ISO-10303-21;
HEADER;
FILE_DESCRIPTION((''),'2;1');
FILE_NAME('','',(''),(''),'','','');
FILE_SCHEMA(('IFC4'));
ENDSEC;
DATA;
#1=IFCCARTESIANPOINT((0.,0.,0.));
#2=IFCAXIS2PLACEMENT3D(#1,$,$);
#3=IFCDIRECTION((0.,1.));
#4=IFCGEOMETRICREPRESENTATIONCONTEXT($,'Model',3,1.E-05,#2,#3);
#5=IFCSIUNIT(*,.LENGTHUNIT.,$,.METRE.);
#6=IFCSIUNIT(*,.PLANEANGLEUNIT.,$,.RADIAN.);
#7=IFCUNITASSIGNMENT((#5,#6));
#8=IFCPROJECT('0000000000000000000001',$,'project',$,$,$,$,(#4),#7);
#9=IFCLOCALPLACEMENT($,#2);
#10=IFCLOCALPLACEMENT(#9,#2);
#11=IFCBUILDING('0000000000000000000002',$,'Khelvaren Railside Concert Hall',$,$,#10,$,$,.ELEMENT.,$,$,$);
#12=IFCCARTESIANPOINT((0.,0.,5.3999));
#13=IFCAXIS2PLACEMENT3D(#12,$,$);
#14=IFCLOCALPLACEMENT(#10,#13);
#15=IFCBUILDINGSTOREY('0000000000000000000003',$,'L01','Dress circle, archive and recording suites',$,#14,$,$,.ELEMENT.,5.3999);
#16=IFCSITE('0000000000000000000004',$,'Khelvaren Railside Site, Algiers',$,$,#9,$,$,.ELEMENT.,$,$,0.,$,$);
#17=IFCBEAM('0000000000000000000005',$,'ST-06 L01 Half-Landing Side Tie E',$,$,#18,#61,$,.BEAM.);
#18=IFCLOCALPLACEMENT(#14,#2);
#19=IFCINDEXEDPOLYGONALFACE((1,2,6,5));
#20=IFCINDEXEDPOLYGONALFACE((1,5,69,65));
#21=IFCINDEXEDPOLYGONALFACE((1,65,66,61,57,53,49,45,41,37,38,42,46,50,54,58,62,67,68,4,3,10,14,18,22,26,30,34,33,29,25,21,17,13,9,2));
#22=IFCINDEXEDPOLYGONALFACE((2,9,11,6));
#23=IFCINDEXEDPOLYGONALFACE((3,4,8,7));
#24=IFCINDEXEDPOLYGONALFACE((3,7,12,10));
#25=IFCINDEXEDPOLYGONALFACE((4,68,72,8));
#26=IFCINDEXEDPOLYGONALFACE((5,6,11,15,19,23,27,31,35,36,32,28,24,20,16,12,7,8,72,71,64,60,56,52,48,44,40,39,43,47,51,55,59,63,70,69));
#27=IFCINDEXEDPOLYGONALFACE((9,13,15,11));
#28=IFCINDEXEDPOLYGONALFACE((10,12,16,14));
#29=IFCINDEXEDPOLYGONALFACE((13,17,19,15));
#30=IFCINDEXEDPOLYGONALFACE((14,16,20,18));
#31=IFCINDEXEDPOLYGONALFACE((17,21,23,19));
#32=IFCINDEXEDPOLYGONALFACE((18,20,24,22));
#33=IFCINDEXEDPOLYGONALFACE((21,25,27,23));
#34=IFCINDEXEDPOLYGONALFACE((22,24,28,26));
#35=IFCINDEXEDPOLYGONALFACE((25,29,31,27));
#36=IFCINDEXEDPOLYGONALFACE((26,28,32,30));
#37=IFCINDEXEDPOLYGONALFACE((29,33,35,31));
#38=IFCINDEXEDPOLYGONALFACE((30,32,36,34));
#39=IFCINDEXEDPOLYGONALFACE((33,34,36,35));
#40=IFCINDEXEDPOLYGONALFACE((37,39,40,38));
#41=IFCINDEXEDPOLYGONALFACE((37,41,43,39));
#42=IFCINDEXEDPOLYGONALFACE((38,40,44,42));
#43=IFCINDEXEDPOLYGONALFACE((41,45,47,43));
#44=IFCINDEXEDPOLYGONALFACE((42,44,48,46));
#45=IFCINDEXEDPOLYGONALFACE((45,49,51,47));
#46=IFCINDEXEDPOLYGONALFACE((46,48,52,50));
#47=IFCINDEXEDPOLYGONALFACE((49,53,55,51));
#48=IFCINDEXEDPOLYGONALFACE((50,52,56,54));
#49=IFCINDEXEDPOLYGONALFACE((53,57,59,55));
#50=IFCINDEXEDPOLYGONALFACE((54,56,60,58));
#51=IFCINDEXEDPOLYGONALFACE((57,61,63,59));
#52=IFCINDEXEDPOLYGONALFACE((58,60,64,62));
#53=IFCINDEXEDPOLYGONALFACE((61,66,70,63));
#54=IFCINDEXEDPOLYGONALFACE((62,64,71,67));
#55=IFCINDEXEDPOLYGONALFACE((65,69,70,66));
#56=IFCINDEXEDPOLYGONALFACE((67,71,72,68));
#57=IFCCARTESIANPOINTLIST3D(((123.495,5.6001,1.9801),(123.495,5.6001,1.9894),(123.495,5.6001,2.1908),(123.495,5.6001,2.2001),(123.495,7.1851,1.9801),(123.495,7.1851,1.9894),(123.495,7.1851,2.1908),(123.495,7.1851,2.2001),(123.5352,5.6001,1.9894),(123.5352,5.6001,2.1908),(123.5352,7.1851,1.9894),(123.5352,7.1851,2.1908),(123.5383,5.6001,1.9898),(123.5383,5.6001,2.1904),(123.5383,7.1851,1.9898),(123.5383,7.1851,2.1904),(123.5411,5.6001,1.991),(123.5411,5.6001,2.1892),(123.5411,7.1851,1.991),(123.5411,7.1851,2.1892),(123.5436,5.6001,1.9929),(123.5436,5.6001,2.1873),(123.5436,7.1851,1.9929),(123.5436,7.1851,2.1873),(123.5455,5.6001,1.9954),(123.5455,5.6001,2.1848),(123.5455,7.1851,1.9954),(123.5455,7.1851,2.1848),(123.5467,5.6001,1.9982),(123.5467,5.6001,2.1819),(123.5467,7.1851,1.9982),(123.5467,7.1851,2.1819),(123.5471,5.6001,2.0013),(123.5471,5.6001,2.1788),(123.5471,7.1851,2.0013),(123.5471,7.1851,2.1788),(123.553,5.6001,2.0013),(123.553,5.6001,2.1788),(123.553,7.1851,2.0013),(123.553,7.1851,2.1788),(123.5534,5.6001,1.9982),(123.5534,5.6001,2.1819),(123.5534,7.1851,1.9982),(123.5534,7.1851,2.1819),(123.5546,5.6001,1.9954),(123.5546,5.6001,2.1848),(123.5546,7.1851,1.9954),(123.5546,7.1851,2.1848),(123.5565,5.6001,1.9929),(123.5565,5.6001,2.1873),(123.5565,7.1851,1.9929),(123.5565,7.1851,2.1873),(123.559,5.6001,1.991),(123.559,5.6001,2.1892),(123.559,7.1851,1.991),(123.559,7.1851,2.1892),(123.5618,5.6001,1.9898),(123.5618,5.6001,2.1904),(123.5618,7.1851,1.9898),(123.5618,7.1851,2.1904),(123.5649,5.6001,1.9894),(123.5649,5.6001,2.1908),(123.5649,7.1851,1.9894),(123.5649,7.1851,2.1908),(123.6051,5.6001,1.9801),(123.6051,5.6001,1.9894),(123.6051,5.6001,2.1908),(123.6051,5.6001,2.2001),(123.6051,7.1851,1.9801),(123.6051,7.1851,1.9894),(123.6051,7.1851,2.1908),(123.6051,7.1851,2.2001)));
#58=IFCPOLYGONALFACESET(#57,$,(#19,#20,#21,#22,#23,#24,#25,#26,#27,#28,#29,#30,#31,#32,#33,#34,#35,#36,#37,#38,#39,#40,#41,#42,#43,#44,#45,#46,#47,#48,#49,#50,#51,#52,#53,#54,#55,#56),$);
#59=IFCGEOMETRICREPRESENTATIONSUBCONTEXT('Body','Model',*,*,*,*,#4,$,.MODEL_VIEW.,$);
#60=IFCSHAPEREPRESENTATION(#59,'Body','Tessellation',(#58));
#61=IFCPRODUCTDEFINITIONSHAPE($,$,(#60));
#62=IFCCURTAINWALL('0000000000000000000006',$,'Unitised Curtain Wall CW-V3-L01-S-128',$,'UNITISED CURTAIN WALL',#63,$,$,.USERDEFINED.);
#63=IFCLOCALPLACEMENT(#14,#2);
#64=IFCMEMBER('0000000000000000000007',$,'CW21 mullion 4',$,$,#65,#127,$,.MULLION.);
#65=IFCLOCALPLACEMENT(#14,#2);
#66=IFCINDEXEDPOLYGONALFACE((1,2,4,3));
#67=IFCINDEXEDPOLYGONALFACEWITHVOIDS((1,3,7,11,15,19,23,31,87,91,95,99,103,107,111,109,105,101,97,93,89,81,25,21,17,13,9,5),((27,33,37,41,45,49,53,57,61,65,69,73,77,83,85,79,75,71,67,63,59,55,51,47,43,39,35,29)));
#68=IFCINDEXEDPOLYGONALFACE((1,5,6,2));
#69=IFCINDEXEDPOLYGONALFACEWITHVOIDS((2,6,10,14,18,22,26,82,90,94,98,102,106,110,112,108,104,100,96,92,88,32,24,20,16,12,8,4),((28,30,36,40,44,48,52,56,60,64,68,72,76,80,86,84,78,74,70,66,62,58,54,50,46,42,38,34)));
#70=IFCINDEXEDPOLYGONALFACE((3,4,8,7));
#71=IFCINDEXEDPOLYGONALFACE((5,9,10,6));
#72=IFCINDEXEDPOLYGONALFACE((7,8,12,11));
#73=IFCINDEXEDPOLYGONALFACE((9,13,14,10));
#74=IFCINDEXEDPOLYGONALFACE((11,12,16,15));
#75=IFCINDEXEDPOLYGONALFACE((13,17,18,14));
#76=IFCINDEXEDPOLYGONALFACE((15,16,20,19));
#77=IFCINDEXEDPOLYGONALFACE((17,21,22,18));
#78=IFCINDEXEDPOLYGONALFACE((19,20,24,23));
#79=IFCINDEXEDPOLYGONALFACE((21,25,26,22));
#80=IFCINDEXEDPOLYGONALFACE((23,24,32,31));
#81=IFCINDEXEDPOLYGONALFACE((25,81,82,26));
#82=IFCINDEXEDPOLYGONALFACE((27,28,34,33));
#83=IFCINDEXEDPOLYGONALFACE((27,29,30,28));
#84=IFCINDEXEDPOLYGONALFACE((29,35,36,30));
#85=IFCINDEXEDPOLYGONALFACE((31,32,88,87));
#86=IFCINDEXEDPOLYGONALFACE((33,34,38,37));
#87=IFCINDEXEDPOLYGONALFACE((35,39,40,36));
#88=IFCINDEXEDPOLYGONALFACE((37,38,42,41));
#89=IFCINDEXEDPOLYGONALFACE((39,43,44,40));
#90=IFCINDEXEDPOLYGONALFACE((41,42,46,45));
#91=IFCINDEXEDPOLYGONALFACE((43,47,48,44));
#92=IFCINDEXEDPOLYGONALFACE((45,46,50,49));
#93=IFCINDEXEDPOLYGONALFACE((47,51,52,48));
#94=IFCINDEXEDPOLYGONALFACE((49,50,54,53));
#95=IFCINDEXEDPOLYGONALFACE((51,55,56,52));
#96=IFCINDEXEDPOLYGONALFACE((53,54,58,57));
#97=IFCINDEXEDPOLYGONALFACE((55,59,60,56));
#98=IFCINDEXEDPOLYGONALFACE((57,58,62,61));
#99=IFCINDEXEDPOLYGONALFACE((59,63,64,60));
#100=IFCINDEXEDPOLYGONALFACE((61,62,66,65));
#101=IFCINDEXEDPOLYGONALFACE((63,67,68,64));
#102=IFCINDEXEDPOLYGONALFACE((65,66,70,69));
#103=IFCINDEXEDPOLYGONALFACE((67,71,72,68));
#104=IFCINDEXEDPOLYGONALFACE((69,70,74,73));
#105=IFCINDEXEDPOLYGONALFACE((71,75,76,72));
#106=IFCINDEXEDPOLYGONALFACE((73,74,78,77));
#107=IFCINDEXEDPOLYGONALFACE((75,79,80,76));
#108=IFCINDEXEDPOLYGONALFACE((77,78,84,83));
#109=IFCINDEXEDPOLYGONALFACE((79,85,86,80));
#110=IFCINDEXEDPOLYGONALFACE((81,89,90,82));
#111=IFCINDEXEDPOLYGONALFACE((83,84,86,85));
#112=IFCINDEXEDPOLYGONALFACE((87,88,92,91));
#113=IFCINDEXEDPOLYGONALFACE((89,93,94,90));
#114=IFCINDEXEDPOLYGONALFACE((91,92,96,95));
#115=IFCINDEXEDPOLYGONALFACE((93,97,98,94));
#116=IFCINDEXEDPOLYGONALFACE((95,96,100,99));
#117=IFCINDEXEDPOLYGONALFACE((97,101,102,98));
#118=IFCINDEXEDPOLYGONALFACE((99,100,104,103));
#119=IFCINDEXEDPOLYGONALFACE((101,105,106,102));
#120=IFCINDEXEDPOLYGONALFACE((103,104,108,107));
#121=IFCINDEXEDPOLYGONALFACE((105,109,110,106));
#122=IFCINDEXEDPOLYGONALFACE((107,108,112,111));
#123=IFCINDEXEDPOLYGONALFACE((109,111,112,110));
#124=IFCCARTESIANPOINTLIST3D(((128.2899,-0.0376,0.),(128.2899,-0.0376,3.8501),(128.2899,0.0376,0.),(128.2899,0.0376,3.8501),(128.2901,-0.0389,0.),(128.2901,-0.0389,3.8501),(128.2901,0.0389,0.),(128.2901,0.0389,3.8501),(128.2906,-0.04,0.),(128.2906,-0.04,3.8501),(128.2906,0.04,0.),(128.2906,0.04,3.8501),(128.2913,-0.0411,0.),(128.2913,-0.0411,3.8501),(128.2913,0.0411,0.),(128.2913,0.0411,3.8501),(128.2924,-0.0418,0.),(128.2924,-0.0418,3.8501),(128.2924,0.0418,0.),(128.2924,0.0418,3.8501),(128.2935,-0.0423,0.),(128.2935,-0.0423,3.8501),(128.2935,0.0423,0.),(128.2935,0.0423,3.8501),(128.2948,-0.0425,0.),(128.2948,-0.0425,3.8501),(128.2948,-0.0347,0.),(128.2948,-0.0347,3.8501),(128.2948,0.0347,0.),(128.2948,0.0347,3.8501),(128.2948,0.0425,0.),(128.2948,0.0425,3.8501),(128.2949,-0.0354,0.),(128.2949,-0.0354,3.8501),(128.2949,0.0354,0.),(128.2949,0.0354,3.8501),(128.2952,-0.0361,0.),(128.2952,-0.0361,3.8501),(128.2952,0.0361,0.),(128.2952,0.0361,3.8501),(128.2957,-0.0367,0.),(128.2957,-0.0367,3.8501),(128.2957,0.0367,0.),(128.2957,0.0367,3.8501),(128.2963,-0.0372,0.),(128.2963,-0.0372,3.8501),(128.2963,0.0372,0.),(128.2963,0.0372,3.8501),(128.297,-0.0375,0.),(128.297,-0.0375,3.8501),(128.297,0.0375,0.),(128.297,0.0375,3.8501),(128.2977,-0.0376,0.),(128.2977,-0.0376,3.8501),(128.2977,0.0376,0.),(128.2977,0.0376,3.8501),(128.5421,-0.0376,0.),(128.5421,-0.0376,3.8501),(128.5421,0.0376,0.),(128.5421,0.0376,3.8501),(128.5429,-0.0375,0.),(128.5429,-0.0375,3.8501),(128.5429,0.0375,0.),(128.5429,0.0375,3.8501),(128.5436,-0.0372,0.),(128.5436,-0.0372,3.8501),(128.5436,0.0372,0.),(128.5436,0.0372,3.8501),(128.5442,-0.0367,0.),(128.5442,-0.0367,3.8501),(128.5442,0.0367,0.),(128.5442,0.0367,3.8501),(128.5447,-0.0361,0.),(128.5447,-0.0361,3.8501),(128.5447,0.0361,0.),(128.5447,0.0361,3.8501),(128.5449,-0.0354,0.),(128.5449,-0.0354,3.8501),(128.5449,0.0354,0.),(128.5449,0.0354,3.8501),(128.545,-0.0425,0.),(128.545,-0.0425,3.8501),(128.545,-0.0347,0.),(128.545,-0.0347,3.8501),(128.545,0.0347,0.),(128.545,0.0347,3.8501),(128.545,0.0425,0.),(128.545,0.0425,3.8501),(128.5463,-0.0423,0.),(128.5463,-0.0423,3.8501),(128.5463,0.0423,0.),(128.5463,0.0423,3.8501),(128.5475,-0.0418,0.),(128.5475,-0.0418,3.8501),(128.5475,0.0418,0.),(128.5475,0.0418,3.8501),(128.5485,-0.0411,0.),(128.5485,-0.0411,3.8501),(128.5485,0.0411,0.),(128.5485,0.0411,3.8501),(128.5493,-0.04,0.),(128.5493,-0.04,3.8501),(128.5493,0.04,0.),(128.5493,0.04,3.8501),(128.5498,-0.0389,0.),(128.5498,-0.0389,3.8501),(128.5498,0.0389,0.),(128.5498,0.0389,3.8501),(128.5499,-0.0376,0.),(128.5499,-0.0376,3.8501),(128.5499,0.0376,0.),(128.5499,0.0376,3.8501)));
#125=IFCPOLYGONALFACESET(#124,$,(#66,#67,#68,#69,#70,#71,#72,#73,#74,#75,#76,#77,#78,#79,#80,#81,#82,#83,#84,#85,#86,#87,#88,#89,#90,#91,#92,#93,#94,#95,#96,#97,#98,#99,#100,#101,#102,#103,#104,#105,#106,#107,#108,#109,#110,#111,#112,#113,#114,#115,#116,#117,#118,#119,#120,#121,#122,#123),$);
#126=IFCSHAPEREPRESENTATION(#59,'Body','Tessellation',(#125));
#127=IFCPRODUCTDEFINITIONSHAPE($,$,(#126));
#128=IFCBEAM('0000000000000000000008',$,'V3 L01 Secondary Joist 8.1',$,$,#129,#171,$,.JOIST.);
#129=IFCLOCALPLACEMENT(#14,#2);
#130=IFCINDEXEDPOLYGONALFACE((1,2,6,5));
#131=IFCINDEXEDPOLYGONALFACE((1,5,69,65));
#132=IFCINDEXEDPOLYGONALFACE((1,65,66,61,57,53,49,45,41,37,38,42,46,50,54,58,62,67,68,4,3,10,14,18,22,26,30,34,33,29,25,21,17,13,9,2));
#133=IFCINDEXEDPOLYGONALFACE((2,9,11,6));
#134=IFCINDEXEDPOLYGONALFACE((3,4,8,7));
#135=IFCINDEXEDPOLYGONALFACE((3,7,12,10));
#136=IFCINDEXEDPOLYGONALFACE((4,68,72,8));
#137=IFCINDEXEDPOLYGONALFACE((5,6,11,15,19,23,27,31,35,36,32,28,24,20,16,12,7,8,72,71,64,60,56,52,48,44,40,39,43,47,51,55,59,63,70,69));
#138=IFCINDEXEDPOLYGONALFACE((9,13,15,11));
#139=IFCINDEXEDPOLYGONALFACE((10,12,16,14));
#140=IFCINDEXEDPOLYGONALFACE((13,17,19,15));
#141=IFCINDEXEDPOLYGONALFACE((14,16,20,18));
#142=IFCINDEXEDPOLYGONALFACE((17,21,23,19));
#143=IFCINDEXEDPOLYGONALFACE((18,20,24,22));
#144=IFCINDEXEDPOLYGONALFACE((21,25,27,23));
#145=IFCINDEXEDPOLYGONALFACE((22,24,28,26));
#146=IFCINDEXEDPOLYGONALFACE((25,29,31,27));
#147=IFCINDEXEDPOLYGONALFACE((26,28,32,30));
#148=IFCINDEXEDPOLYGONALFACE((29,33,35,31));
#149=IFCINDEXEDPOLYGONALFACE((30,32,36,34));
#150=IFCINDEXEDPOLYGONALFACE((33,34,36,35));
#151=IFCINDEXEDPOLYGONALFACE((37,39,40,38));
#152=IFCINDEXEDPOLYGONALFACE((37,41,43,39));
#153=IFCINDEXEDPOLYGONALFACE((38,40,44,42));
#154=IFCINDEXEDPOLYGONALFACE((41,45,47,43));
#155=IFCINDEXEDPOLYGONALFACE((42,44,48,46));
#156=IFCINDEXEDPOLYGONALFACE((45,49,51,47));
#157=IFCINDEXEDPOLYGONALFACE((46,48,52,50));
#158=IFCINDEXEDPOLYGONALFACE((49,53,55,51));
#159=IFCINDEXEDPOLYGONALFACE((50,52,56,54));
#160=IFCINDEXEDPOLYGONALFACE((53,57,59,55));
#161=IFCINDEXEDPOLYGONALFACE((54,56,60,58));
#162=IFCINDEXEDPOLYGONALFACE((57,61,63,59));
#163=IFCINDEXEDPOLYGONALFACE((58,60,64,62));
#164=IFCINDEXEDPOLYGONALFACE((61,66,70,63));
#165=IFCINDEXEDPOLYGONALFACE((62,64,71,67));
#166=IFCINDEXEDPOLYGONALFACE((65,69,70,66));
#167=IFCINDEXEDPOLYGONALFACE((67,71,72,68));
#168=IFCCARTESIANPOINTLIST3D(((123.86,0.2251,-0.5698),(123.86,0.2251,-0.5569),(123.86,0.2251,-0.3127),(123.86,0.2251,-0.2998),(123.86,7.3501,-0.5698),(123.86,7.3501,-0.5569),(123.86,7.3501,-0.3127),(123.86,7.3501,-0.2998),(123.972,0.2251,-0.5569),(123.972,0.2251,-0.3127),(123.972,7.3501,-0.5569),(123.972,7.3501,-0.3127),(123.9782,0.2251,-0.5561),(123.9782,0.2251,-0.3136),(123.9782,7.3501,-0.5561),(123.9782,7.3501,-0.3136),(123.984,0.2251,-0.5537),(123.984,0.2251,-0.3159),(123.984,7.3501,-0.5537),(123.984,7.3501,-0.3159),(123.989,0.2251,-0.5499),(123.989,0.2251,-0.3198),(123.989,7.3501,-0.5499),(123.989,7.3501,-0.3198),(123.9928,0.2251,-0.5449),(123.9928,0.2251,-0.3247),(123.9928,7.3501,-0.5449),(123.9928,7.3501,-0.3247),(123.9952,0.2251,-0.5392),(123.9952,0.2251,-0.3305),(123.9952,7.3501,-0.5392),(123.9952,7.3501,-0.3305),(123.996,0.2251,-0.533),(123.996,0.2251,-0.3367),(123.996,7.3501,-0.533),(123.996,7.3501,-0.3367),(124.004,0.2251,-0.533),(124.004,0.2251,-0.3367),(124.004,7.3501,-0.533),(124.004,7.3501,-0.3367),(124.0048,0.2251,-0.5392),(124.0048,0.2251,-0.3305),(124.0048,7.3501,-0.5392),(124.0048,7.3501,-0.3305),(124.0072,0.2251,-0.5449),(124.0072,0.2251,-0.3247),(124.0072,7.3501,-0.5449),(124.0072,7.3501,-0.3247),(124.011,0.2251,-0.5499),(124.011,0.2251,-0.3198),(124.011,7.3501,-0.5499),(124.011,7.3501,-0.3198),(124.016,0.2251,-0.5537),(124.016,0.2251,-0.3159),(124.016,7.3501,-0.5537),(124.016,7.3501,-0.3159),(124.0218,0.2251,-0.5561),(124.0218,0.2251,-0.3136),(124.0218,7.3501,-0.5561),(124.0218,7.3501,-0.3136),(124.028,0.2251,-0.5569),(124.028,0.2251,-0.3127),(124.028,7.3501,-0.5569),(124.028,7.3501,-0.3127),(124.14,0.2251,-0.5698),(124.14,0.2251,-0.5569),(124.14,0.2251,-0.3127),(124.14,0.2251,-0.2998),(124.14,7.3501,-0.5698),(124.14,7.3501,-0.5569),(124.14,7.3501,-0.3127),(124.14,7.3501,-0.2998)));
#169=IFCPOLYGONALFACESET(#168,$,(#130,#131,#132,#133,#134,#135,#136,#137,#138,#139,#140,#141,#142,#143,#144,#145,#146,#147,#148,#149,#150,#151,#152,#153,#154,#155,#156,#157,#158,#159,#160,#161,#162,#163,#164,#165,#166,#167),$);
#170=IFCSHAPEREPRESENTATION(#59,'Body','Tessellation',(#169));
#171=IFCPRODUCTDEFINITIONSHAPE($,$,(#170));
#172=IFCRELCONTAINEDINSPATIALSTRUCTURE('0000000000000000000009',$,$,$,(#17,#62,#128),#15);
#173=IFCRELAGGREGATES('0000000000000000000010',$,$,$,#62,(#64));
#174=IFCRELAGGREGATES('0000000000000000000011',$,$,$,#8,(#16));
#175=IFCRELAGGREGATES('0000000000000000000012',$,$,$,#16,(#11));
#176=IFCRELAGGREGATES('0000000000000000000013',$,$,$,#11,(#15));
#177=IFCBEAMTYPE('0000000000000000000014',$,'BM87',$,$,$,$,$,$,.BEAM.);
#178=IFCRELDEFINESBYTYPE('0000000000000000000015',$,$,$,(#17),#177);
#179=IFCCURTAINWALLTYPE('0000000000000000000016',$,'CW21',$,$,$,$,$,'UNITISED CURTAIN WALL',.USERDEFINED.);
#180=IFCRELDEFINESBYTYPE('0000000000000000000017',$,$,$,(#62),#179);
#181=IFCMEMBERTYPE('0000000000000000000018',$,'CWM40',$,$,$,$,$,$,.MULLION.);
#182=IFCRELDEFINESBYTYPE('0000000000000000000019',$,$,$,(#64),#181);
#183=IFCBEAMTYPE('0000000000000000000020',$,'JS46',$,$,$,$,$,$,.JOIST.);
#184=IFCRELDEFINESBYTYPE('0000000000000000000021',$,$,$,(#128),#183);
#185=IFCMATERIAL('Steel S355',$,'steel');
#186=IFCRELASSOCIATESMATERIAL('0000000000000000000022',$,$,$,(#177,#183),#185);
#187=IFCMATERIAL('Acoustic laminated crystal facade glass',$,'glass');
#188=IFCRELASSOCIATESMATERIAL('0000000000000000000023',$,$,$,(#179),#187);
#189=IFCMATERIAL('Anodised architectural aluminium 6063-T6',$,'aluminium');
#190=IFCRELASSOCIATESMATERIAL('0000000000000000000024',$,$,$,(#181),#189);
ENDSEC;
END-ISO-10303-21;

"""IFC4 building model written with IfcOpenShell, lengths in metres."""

from ifc_helpers import new_model, si_unit, direction, frame, origin, origin_2d, place, context, subcontext, project, spatial, hollow_rectangle, i_section, extrude, material, material_profile, profile_set, type_object, element, aggregate, save


model = new_model("IFC4")

# Units and contexts
model_context = context("Model", 3, precision=1e-05, world=origin(), true_north=direction((0.0, 1.0)))
body_context = subcontext(model_context, "Body", "Model", "MODEL_VIEW")
ifc_project = project(units=[si_unit("LENGTHUNIT", "METRE"), si_unit("PLANEANGLEUNIT", "RADIAN")], contexts=[model_context])

# Site, building, storey
site_placement = place(None, origin())
site = spatial("IfcSite", under=ifc_project, at=site_placement, Name="Khelvaren Railside Site, Algiers", CompositionType="ELEMENT", RefElevation=0.0)
building_placement = place(site_placement, origin())
building = spatial("IfcBuilding", under=site, at=building_placement, Name="Khelvaren Railside Concert Hall", CompositionType="ELEMENT")
storey_placement = place(building_placement, frame((0.0, 0.0, 5.3999)))
storey = spatial("IfcBuildingStorey", under=building, at=storey_placement, Name="L01", Description="Dress circle, archive and recording suites", CompositionType="ELEMENT", Elevation=5.3999)

# Beam
ifc_material_1 = material(Name="Steel S355", Category="steel")
ifc_material_profile_1 = material_profile(ifc_material_1, i_section(OverallWidth=0.1101, OverallDepth=0.22, WebThickness=0.0059, FlangeThickness=0.0093, FilletRadius=0.012, at=origin_2d()), Name="IPE 220")
ifc_profile_set_1 = profile_set([ifc_material_profile_1], Name="Steel S355")
beam_type_1 = type_object("IfcBeamType", Name="BM87", PredefinedType="BEAM", material=ifc_profile_set_1)
beam_1_placement = place(storey_placement, frame((123.55, 5.6001, 2.0901), z_axis=(0.0, 1.0, 0.0), x_axis=(-1.0, 0.0, 0.0)))
element("IfcBeam", 1, at=beam_1_placement, inside=storey, type_object=beam_type_1, Name="ST-06 L01 Half-Landing Side Tie E", PredefinedType="BEAM", context=body_context, shape_type="SweptSolid", body=[
    extrude(i_section(OverallWidth=0.1101, OverallDepth=0.22, WebThickness=0.0059, FlangeThickness=0.0093, FilletRadius=0.012, at=origin_2d()), origin(), (0.0, 0.0, 1.0), 1.585),
])

# Curtain wall, member
ifc_material_2 = material(Name="Acoustic laminated crystal facade glass", Category="glass")
curtain_wall_type = type_object("IfcCurtainWallType", Name="CW21", ElementType="UNITISED CURTAIN WALL", PredefinedType="USERDEFINED", material=ifc_material_2)
curtain_wall_placement = place(storey_placement, origin())
curtain_wall = element("IfcCurtainWall", 2, at=curtain_wall_placement, inside=storey, type_object=curtain_wall_type, Name="Unitised Curtain Wall CW-V3-L01-S-128", ObjectType="UNITISED CURTAIN WALL", PredefinedType="USERDEFINED")
ifc_material_3 = material(Name="Anodised architectural aluminium 6063-T6", Category="aluminium")
ifc_material_profile_2 = material_profile(ifc_material_3, hollow_rectangle(XDim=0.085, YDim=0.26, WallThickness=0.0049, InnerFilletRadius=0.0029, OuterFilletRadius=0.0049, at=origin_2d()), Name="CWM 85x260x5")
ifc_profile_set_2 = profile_set([ifc_material_profile_2], Name="Anodised architectural aluminium 6063-T6")
member_type = type_object("IfcMemberType", Name="CWM40", PredefinedType="MULLION", material=ifc_profile_set_2)
member_placement = place(storey_placement, frame((128.4199, 0.0, 0.0), z_axis=(0.0, 0.0, 1.0), x_axis=(0.0, -1.0, 0.0)))
member = element("IfcMember", 3, at=member_placement, type_object=member_type, Name="CW21 mullion 4", PredefinedType="MULLION", context=body_context, shape_type="SweptSolid", body=[
    extrude(hollow_rectangle(XDim=0.085, YDim=0.26, WallThickness=0.0049, InnerFilletRadius=0.0029, OuterFilletRadius=0.0049, at=origin_2d()), origin(), (0.0, 0.0, 1.0), 3.8501),
])
aggregate(curtain_wall, [member])

# Beam
ifc_material_profile_3 = material_profile(ifc_material_1, i_section(OverallWidth=0.28, OverallDepth=0.27, WebThickness=0.0081, FlangeThickness=0.0129, FilletRadius=0.0239, at=origin_2d()), Name="HEA 280")
ifc_profile_set_3 = profile_set([ifc_material_profile_3], Name="Steel S355")
beam_type_2 = type_object("IfcBeamType", Name="JS46", PredefinedType="JOIST", material=ifc_profile_set_3)
beam_2_placement = place(storey_placement, frame((124.0, 0.2251, -0.4348), z_axis=(0.0, 1.0, 0.0), x_axis=(-1.0, 0.0, 0.0)))
element("IfcBeam", 4, at=beam_2_placement, inside=storey, type_object=beam_type_2, Name="V3 L01 Secondary Joist 8.1", PredefinedType="JOIST", context=body_context, shape_type="SweptSolid", body=[
    extrude(i_section(OverallWidth=0.28, OverallDepth=0.27, WebThickness=0.0081, FlangeThickness=0.0129, FilletRadius=0.0239, at=origin_2d()), origin(), (0.0, 0.0, 1.0), 7.125),
])

save(model, "model.ifc")
